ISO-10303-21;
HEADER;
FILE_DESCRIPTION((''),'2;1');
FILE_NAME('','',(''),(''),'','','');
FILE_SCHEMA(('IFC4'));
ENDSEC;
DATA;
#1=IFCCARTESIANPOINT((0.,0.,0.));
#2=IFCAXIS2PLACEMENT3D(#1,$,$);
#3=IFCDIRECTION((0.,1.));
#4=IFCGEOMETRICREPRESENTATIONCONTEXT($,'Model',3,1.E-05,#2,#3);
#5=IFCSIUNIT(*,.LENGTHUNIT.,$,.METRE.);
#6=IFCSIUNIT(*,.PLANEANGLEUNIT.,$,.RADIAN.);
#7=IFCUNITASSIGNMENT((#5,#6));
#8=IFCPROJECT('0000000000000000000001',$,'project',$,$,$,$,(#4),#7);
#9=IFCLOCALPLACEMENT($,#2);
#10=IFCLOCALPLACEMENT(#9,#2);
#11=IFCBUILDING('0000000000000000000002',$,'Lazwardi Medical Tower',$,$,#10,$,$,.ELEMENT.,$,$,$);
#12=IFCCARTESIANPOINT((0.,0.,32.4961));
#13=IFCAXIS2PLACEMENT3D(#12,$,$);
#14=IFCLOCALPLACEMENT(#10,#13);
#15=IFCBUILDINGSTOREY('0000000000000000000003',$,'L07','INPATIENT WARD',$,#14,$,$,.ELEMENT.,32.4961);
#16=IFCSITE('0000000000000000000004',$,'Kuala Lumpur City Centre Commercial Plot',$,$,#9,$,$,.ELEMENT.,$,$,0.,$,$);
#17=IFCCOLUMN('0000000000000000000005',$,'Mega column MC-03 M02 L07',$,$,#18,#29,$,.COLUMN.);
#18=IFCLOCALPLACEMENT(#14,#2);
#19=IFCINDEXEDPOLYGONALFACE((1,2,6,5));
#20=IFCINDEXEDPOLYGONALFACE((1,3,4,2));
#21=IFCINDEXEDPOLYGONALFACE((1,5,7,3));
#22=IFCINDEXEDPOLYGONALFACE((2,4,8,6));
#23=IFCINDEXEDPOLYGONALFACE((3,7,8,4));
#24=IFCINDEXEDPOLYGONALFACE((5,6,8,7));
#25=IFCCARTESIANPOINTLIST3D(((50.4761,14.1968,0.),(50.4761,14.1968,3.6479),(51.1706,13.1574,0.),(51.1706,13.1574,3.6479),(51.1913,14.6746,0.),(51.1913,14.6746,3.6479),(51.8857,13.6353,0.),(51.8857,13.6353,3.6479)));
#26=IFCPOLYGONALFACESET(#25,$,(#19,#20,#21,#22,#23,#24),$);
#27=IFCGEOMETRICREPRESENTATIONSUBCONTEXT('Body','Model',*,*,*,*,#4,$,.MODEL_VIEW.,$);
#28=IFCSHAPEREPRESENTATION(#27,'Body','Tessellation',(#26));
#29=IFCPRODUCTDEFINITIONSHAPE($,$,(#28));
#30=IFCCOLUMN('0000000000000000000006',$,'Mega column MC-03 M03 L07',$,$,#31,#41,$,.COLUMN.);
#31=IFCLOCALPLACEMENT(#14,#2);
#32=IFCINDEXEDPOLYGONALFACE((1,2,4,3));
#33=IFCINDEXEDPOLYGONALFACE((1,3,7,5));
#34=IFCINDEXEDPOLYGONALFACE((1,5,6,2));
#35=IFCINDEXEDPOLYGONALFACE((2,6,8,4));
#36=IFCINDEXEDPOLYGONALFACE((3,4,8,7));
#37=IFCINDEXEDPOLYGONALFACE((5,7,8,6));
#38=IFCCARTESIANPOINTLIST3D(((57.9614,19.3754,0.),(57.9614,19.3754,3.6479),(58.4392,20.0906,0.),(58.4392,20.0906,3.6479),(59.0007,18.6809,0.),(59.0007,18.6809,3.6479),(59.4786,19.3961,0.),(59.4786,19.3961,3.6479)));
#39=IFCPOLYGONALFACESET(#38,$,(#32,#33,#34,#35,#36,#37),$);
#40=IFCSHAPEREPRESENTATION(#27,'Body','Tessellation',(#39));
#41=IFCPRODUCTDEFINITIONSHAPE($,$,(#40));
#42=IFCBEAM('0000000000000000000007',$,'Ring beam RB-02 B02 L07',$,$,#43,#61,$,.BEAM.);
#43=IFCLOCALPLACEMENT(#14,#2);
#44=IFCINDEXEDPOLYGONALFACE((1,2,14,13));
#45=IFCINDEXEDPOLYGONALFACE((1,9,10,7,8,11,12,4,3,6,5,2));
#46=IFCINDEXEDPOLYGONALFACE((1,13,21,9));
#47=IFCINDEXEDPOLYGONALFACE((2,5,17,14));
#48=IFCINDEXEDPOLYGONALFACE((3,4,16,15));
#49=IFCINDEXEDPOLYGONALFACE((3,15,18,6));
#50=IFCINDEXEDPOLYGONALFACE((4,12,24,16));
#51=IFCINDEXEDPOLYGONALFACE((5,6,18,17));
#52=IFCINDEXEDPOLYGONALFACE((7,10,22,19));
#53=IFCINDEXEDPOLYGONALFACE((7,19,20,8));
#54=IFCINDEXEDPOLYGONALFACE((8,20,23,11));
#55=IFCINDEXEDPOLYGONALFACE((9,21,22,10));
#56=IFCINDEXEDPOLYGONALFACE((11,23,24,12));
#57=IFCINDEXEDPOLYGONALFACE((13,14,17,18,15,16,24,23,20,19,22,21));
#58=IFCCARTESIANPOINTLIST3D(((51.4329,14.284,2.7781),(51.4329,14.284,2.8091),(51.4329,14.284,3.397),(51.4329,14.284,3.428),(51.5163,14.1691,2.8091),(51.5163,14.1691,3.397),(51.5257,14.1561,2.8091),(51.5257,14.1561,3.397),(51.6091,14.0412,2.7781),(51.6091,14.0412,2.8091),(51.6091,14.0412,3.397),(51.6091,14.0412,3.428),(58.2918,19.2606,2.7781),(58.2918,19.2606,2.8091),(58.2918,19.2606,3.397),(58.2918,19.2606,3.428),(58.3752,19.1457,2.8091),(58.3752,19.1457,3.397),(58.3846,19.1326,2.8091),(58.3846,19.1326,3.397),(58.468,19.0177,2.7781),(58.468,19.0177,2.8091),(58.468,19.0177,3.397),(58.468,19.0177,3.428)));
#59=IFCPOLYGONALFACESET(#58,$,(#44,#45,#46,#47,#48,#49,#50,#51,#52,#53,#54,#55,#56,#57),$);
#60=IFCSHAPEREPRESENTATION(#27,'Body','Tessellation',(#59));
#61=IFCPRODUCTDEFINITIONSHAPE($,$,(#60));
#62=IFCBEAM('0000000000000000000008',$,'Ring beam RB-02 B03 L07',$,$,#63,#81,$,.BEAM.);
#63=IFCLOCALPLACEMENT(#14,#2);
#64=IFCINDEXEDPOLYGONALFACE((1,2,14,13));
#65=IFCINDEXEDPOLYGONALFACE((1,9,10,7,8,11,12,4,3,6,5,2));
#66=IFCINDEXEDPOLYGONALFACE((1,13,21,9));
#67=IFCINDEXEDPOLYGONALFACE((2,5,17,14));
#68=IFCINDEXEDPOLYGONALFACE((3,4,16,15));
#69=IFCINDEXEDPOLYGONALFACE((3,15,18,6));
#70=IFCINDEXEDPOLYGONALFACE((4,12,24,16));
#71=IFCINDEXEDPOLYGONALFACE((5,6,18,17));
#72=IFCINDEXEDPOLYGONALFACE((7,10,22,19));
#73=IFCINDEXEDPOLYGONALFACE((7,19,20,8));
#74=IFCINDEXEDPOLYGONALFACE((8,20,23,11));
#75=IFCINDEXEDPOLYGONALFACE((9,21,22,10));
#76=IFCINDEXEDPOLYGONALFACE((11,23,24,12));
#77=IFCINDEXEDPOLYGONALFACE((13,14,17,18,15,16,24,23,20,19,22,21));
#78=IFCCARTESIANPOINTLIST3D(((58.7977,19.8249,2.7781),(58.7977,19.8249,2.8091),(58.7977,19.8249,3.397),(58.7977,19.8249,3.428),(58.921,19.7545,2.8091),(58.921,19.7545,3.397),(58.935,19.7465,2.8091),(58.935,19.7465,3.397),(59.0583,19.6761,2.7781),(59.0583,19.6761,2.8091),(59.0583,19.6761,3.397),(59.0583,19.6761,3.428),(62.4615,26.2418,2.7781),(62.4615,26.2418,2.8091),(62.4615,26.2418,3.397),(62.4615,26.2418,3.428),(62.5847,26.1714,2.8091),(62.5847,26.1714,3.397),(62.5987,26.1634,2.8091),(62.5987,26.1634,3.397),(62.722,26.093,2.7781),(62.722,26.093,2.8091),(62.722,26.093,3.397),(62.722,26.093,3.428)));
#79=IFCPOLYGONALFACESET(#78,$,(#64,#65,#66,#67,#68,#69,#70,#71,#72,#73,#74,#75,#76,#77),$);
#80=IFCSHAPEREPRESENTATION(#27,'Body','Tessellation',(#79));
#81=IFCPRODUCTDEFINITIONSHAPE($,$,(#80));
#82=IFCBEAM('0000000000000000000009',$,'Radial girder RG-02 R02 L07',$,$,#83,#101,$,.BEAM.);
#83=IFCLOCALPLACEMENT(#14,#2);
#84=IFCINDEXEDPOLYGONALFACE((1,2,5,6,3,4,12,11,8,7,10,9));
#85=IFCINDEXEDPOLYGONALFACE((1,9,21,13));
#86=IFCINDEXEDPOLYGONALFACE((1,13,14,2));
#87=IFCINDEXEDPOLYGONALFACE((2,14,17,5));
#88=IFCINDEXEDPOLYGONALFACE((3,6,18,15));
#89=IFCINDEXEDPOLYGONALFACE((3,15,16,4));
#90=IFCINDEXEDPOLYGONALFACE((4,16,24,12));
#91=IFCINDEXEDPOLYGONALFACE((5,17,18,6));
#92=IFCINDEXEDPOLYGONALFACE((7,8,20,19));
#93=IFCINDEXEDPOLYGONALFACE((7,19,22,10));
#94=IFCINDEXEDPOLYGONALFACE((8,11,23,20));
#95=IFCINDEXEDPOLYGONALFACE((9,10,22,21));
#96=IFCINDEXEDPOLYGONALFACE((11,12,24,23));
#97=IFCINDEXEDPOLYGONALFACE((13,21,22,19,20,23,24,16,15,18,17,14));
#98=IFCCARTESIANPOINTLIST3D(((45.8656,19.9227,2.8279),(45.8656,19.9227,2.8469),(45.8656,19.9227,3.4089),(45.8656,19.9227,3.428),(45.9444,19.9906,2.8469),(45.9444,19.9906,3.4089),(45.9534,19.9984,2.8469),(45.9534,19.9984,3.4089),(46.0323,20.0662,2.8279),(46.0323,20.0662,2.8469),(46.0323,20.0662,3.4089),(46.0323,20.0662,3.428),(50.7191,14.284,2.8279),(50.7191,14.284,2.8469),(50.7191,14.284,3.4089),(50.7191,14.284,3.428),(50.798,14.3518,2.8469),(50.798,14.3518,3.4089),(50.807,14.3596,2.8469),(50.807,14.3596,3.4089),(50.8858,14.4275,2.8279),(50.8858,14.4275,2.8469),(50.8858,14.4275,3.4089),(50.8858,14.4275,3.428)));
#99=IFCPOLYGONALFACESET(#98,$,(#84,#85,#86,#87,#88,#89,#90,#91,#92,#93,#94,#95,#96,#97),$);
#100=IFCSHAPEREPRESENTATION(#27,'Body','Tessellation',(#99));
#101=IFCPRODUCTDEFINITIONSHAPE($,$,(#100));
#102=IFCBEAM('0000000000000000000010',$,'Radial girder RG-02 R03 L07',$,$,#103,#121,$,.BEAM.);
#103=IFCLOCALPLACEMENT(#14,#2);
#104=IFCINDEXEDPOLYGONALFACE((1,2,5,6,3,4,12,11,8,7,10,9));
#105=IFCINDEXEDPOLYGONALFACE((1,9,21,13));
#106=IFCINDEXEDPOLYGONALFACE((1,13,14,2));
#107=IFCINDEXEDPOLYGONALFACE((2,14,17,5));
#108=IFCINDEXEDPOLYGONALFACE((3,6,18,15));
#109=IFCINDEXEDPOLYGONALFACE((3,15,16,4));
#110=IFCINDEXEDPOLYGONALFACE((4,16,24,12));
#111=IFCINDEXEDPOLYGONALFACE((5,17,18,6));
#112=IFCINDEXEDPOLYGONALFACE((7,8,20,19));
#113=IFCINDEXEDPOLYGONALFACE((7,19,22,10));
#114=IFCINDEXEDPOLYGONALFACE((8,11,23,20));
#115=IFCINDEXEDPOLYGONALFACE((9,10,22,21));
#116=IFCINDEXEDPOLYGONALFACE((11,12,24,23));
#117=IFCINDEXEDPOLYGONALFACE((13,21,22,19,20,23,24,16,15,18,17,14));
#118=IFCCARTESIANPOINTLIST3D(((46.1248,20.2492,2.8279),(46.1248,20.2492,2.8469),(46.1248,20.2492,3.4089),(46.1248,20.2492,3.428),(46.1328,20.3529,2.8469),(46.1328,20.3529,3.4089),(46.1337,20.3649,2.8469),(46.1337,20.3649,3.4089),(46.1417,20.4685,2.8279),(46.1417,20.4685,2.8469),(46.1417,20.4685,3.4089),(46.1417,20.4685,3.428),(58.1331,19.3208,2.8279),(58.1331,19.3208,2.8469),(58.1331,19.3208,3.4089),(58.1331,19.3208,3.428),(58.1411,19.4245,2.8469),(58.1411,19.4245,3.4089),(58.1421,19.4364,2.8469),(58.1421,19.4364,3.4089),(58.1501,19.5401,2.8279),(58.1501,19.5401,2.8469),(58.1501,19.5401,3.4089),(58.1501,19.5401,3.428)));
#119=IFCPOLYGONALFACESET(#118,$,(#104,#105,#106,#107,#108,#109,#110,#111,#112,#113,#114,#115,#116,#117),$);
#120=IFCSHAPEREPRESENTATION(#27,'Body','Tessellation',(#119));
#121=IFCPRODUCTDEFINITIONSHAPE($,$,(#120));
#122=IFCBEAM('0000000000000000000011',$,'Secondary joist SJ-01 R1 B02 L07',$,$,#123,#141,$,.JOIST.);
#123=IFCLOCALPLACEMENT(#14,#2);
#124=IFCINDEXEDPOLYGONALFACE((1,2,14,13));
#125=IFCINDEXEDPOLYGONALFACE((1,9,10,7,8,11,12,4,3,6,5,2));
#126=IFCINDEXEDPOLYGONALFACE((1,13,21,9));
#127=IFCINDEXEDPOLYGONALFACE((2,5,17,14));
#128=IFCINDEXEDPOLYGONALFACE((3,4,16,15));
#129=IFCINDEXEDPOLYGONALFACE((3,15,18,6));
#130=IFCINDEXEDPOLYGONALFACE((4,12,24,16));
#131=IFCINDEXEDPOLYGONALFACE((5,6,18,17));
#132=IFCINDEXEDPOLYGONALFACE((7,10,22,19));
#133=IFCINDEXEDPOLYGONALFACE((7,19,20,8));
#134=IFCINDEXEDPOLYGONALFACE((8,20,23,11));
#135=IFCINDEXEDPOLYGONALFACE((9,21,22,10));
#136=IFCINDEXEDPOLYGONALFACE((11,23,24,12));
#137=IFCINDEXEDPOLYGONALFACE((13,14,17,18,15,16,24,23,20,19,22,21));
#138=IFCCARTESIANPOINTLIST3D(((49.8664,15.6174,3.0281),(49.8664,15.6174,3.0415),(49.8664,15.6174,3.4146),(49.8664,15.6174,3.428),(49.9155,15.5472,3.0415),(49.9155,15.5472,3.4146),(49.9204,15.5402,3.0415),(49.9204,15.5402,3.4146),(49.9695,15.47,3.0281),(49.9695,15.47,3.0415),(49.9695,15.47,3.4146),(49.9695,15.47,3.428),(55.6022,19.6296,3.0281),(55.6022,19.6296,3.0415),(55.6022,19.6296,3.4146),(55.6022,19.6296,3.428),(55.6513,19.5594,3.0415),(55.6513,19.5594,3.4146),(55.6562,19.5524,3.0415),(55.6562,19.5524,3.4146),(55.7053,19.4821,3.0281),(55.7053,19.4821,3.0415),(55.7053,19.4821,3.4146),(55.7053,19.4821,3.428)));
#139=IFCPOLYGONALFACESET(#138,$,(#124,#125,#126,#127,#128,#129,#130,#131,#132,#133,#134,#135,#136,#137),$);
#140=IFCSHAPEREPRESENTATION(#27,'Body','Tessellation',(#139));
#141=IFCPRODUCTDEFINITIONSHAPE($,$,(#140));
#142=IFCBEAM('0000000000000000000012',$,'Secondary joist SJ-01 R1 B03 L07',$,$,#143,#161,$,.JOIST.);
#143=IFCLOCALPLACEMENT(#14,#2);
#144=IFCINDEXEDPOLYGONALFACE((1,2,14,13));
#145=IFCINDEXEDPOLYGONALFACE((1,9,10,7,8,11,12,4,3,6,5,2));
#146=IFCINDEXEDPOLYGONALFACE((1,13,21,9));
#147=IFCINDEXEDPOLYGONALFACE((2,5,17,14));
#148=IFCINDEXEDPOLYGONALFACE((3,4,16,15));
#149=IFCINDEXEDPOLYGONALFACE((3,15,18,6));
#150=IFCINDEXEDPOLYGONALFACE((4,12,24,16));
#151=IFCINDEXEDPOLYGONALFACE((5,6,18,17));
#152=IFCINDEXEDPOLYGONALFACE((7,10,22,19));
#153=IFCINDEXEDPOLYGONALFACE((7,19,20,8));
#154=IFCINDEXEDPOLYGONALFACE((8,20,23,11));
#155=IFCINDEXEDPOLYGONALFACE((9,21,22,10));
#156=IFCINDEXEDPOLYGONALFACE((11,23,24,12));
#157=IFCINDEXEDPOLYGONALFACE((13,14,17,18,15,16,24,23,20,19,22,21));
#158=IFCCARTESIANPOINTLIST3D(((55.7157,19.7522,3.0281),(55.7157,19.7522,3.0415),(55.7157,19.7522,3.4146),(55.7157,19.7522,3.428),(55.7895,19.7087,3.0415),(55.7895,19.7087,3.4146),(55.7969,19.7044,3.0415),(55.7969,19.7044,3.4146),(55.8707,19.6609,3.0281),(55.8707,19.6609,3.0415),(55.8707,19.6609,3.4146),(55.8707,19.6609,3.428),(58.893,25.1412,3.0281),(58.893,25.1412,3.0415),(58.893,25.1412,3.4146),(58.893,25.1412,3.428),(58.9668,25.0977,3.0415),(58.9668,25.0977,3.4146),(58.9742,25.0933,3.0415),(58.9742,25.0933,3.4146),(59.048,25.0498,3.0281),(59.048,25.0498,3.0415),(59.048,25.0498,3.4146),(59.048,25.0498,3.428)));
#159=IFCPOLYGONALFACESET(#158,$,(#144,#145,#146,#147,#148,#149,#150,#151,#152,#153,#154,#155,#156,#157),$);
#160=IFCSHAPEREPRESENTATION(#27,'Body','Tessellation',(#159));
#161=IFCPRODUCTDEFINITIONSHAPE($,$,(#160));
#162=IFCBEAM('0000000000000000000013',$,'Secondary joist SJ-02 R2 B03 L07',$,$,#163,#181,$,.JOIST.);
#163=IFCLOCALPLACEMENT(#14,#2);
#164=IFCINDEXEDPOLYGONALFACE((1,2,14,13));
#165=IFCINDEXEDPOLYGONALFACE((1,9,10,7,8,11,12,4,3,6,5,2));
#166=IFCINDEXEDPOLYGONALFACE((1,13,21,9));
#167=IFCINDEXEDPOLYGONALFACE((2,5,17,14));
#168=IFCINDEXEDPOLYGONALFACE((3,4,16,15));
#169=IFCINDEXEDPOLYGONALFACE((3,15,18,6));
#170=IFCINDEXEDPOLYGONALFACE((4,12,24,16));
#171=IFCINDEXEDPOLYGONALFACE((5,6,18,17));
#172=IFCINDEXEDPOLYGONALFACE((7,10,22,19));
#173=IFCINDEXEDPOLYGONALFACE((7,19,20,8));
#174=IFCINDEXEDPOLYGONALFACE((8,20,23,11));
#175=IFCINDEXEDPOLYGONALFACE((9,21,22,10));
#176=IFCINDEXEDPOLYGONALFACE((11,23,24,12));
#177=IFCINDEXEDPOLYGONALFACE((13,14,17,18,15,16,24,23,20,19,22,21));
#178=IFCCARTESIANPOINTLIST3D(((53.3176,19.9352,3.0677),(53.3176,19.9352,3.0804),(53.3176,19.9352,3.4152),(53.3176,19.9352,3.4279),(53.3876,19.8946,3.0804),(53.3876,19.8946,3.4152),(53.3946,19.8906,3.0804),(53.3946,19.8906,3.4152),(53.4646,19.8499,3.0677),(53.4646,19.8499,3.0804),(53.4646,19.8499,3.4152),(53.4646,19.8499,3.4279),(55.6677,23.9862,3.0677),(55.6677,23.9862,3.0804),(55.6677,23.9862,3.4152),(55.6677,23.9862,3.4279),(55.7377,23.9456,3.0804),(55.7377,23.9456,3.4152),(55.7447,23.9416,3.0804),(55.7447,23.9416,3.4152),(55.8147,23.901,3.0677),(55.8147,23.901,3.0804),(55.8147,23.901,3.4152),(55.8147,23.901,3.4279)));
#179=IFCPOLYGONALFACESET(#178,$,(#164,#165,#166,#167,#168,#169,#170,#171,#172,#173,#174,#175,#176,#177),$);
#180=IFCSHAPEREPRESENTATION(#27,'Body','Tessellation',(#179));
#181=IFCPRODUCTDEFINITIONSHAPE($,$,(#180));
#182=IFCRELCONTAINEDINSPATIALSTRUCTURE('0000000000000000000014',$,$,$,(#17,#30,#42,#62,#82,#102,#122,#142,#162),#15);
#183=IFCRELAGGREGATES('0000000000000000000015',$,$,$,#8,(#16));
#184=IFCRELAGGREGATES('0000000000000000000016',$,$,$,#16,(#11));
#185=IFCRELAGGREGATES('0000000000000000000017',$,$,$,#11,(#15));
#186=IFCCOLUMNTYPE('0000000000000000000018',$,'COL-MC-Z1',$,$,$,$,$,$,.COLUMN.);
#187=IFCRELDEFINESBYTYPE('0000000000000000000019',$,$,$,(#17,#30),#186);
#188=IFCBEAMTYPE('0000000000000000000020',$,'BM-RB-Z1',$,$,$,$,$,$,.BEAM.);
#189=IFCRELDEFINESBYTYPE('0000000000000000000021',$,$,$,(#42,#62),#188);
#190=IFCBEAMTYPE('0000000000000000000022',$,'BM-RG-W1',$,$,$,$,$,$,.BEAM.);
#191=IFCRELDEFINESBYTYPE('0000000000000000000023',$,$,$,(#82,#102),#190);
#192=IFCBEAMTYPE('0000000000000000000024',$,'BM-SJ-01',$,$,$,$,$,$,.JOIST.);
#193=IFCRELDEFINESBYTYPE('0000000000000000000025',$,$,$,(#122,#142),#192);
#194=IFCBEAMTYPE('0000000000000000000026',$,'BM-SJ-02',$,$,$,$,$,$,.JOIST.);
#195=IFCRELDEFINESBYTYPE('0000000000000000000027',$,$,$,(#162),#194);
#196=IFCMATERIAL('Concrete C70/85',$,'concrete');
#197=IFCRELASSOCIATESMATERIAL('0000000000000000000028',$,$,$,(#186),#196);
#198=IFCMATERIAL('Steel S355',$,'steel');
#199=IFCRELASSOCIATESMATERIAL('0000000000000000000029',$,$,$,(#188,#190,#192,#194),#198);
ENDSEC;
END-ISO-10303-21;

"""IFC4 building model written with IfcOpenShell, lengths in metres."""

from ifc_helpers import new_model, si_unit, direction, frame, origin, origin_2d, place, context, subcontext, project, spatial, rectangle, i_section, extrude, material, material_profile, profile_set, type_object, element, save


model = new_model("IFC4")

# Units and contexts
model_context = context("Model", 3, precision=1e-05, world=origin(), true_north=direction((0.0, 1.0)))
body_context = subcontext(model_context, "Body", "Model", "MODEL_VIEW")
ifc_project = project(units=[si_unit("LENGTHUNIT", "METRE"), si_unit("PLANEANGLEUNIT", "RADIAN")], contexts=[model_context])

# Site, building, storey
site_placement = place(None, origin())
site = spatial("IfcSite", under=ifc_project, at=site_placement, Name="Kuala Lumpur City Centre Commercial Plot", CompositionType="ELEMENT", RefElevation=0.0)
building_placement = place(site_placement, origin())
building = spatial("IfcBuilding", under=site, at=building_placement, Name="Lazwardi Medical Tower", CompositionType="ELEMENT")
storey_placement = place(building_placement, frame((0.0, 0.0, 32.4961)))
storey = spatial("IfcBuildingStorey", under=building, at=storey_placement, Name="L07", Description="INPATIENT WARD", CompositionType="ELEMENT", Elevation=32.4961)

# Columns
ifc_material_1 = material(Name="Concrete C70/85", Category="concrete")
ifc_material_profile_1 = material_profile(ifc_material_1, rectangle(XDim=1.25, YDim=0.8601, at=origin_2d()), Name="CFT-RECT 1250x860")
ifc_profile_set_1 = profile_set([ifc_material_profile_1], Name="Concrete C70/85")
column_type = type_object("IfcColumnType", Name="COL-MC-Z1", PredefinedType="COLUMN", material=ifc_profile_set_1)
for number, where, z_axis, x_axis, name in (
    (1, (51.1809, 13.916, 0.0), (0.0, 0.0, 1.0), (0.55557, -0.83147, 0.0), "Mega column MC-03 M02 L07"),
    (2, (58.72, 19.3857, 0.0), (0.0, 0.0, 1.0), (0.83147, -0.55557, 0.0), "Mega column MC-03 M03 L07"),
):
    element("IfcColumn", number, at=place(storey_placement, frame(where, z_axis=z_axis, x_axis=x_axis)), inside=storey, type_object=column_type, Name=name, PredefinedType="COLUMN", context=body_context, shape_type="SweptSolid", body=[
        extrude(rectangle(XDim=1.25, YDim=0.8601, at=origin_2d()), origin(), (0.0, 0.0, 1.0), 3.6479),
    ])

# Beams
ifc_material_2 = material(Name="Steel S355", Category="steel")
ifc_material_profile_2 = material_profile(ifc_material_2, i_section(OverallWidth=0.3, OverallDepth=0.6499, WebThickness=0.0161, FlangeThickness=0.031, at=origin_2d()), Name="HEB 650")
ifc_profile_set_2 = profile_set([ifc_material_profile_2], Name="Steel S355")
beam_type_1 = type_object("IfcBeamType", Name="BM-RB-Z1", PredefinedType="BEAM", material=ifc_profile_set_2)
beam_1_placement = place(storey_placement, frame((51.521, 14.1626, 3.103), z_axis=(0.809393, 0.587267, 0.0), x_axis=(-0.587267, 0.809393, 0.0)))
element("IfcBeam", 3, at=beam_1_placement, inside=storey, type_object=beam_type_1, Name="Ring beam RB-02 B02 L07", PredefinedType="BEAM", context=body_context, shape_type="SweptSolid", body=[
    extrude(i_section(OverallWidth=0.3, OverallDepth=0.6499, WebThickness=0.0161, FlangeThickness=0.031, at=origin_2d()), origin(), (0.0, 0.0, 1.0), 8.4741),
])
beam_2_placement = place(storey_placement, frame((58.928, 19.7505, 3.103), z_axis=(0.495829, 0.86842, 0.0), x_axis=(-0.86842, 0.495829, 0.0)))
element("IfcBeam", 4, at=beam_2_placement, inside=storey, type_object=beam_type_1, Name="Ring beam RB-02 B03 L07", PredefinedType="BEAM", context=body_context, shape_type="SweptSolid", body=[
    extrude(i_section(OverallWidth=0.3, OverallDepth=0.6499, WebThickness=0.0161, FlangeThickness=0.031, at=origin_2d()), origin(), (0.0, 0.0, 1.0), 7.3892),
])
ifc_material_profile_3 = material_profile(ifc_material_2, i_section(OverallWidth=0.22, OverallDepth=0.6001, WebThickness=0.012, FlangeThickness=0.019, at=origin_2d()), Name="IPE 600")
ifc_profile_set_3 = profile_set([ifc_material_profile_3], Name="Steel S355")
beam_type_2 = type_object("IfcBeamType", Name="BM-RG-W1", PredefinedType="BEAM", material=ifc_profile_set_3)
beam_3_placement = place(storey_placement, frame((50.8025, 14.3557, 3.1279), z_axis=(-0.652368, 0.757902, 0.0), x_axis=(-0.757902, -0.652368, 0.0)))
element("IfcBeam", 5, at=beam_3_placement, inside=storey, type_object=beam_type_2, Name="Radial girder RG-02 R02 L07", PredefinedType="BEAM", context=body_context, shape_type="SweptSolid", body=[
    extrude(i_section(OverallWidth=0.22, OverallDepth=0.6001, WebThickness=0.012, FlangeThickness=0.019, at=origin_2d()), origin(), (0.0, 0.0, 1.0), 7.4399),
])
beam_4_placement = place(storey_placement, frame((58.1416, 19.4304, 3.1279), z_axis=(-0.997024, 0.077089, 0.0), x_axis=(-0.077089, -0.997024, 0.0)))
element("IfcBeam", 6, at=beam_4_placement, inside=storey, type_object=beam_type_2, Name="Radial girder RG-02 R03 L07", PredefinedType="BEAM", context=body_context, shape_type="SweptSolid", body=[
    extrude(i_section(OverallWidth=0.22, OverallDepth=0.6001, WebThickness=0.012, FlangeThickness=0.019, at=origin_2d()), origin(), (0.0, 0.0, 1.0), 12.0442),
])
ifc_material_profile_4 = material_profile(ifc_material_2, i_section(OverallWidth=0.1799, OverallDepth=0.3999, WebThickness=0.0085, FlangeThickness=0.0134, at=origin_2d()), Name="IPE 400")
ifc_profile_set_4 = profile_set([ifc_material_profile_4], Name="Steel S355")
beam_type_3 = type_object("IfcBeamType", Name="BM-SJ-01", PredefinedType="JOIST", material=ifc_profile_set_4)
beam_5_placement = place(storey_placement, frame((49.918, 15.5437, 3.228), z_axis=(0.819425, 0.573186, 0.0), x_axis=(-0.573186, 0.819425, 0.0)))
element("IfcBeam", 7, at=beam_5_placement, inside=storey, type_object=beam_type_3, Name="Secondary joist SJ-01 R1 B02 L07", PredefinedType="JOIST", context=body_context, shape_type="SweptSolid", body=[
    extrude(i_section(OverallWidth=0.1799, OverallDepth=0.3999, WebThickness=0.0085, FlangeThickness=0.0134, at=origin_2d()), origin(), (0.0, 0.0, 1.0), 6.9998),
])
beam_6_placement = place(storey_placement, frame((55.7932, 19.7065, 3.228), z_axis=(0.507886, 0.861424, 0.0), x_axis=(-0.861424, 0.507886, 0.0)))
element("IfcBeam", 8, at=beam_6_placement, inside=storey, type_object=beam_type_3, Name="Secondary joist SJ-01 R1 B03 L07", PredefinedType="JOIST", context=body_context, shape_type="SweptSolid", body=[
    extrude(i_section(OverallWidth=0.1799, OverallDepth=0.3999, WebThickness=0.0085, FlangeThickness=0.0134, at=origin_2d()), origin(), (0.0, 0.0, 1.0), 6.2559),
])
ifc_material_profile_5 = material_profile(ifc_material_2, i_section(OverallWidth=0.1699, OverallDepth=0.3601, WebThickness=0.0081, FlangeThickness=0.0127, at=origin_2d()), Name="IPE 360")
ifc_profile_set_5 = profile_set([ifc_material_profile_5], Name="Steel S355")
beam_type_4 = type_object("IfcBeamType", Name="BM-SJ-02", PredefinedType="JOIST", material=ifc_profile_set_5)
beam_7_placement = place(storey_placement, frame((53.3911, 19.8926, 3.2478), z_axis=(0.501798, 0.864985, 0.0), x_axis=(-0.864985, 0.501798, 0.0)))
element("IfcBeam", 9, at=beam_7_placement, inside=storey, type_object=beam_type_4, Name="Secondary joist SJ-02 R2 B03 L07", PredefinedType="JOIST", context=body_context, shape_type="SweptSolid", body=[
    extrude(i_section(OverallWidth=0.1699, OverallDepth=0.3601, WebThickness=0.0081, FlangeThickness=0.0127, at=origin_2d()), origin(), (0.0, 0.0, 1.0), 4.6833),
])

save(model, "model.ifc")
